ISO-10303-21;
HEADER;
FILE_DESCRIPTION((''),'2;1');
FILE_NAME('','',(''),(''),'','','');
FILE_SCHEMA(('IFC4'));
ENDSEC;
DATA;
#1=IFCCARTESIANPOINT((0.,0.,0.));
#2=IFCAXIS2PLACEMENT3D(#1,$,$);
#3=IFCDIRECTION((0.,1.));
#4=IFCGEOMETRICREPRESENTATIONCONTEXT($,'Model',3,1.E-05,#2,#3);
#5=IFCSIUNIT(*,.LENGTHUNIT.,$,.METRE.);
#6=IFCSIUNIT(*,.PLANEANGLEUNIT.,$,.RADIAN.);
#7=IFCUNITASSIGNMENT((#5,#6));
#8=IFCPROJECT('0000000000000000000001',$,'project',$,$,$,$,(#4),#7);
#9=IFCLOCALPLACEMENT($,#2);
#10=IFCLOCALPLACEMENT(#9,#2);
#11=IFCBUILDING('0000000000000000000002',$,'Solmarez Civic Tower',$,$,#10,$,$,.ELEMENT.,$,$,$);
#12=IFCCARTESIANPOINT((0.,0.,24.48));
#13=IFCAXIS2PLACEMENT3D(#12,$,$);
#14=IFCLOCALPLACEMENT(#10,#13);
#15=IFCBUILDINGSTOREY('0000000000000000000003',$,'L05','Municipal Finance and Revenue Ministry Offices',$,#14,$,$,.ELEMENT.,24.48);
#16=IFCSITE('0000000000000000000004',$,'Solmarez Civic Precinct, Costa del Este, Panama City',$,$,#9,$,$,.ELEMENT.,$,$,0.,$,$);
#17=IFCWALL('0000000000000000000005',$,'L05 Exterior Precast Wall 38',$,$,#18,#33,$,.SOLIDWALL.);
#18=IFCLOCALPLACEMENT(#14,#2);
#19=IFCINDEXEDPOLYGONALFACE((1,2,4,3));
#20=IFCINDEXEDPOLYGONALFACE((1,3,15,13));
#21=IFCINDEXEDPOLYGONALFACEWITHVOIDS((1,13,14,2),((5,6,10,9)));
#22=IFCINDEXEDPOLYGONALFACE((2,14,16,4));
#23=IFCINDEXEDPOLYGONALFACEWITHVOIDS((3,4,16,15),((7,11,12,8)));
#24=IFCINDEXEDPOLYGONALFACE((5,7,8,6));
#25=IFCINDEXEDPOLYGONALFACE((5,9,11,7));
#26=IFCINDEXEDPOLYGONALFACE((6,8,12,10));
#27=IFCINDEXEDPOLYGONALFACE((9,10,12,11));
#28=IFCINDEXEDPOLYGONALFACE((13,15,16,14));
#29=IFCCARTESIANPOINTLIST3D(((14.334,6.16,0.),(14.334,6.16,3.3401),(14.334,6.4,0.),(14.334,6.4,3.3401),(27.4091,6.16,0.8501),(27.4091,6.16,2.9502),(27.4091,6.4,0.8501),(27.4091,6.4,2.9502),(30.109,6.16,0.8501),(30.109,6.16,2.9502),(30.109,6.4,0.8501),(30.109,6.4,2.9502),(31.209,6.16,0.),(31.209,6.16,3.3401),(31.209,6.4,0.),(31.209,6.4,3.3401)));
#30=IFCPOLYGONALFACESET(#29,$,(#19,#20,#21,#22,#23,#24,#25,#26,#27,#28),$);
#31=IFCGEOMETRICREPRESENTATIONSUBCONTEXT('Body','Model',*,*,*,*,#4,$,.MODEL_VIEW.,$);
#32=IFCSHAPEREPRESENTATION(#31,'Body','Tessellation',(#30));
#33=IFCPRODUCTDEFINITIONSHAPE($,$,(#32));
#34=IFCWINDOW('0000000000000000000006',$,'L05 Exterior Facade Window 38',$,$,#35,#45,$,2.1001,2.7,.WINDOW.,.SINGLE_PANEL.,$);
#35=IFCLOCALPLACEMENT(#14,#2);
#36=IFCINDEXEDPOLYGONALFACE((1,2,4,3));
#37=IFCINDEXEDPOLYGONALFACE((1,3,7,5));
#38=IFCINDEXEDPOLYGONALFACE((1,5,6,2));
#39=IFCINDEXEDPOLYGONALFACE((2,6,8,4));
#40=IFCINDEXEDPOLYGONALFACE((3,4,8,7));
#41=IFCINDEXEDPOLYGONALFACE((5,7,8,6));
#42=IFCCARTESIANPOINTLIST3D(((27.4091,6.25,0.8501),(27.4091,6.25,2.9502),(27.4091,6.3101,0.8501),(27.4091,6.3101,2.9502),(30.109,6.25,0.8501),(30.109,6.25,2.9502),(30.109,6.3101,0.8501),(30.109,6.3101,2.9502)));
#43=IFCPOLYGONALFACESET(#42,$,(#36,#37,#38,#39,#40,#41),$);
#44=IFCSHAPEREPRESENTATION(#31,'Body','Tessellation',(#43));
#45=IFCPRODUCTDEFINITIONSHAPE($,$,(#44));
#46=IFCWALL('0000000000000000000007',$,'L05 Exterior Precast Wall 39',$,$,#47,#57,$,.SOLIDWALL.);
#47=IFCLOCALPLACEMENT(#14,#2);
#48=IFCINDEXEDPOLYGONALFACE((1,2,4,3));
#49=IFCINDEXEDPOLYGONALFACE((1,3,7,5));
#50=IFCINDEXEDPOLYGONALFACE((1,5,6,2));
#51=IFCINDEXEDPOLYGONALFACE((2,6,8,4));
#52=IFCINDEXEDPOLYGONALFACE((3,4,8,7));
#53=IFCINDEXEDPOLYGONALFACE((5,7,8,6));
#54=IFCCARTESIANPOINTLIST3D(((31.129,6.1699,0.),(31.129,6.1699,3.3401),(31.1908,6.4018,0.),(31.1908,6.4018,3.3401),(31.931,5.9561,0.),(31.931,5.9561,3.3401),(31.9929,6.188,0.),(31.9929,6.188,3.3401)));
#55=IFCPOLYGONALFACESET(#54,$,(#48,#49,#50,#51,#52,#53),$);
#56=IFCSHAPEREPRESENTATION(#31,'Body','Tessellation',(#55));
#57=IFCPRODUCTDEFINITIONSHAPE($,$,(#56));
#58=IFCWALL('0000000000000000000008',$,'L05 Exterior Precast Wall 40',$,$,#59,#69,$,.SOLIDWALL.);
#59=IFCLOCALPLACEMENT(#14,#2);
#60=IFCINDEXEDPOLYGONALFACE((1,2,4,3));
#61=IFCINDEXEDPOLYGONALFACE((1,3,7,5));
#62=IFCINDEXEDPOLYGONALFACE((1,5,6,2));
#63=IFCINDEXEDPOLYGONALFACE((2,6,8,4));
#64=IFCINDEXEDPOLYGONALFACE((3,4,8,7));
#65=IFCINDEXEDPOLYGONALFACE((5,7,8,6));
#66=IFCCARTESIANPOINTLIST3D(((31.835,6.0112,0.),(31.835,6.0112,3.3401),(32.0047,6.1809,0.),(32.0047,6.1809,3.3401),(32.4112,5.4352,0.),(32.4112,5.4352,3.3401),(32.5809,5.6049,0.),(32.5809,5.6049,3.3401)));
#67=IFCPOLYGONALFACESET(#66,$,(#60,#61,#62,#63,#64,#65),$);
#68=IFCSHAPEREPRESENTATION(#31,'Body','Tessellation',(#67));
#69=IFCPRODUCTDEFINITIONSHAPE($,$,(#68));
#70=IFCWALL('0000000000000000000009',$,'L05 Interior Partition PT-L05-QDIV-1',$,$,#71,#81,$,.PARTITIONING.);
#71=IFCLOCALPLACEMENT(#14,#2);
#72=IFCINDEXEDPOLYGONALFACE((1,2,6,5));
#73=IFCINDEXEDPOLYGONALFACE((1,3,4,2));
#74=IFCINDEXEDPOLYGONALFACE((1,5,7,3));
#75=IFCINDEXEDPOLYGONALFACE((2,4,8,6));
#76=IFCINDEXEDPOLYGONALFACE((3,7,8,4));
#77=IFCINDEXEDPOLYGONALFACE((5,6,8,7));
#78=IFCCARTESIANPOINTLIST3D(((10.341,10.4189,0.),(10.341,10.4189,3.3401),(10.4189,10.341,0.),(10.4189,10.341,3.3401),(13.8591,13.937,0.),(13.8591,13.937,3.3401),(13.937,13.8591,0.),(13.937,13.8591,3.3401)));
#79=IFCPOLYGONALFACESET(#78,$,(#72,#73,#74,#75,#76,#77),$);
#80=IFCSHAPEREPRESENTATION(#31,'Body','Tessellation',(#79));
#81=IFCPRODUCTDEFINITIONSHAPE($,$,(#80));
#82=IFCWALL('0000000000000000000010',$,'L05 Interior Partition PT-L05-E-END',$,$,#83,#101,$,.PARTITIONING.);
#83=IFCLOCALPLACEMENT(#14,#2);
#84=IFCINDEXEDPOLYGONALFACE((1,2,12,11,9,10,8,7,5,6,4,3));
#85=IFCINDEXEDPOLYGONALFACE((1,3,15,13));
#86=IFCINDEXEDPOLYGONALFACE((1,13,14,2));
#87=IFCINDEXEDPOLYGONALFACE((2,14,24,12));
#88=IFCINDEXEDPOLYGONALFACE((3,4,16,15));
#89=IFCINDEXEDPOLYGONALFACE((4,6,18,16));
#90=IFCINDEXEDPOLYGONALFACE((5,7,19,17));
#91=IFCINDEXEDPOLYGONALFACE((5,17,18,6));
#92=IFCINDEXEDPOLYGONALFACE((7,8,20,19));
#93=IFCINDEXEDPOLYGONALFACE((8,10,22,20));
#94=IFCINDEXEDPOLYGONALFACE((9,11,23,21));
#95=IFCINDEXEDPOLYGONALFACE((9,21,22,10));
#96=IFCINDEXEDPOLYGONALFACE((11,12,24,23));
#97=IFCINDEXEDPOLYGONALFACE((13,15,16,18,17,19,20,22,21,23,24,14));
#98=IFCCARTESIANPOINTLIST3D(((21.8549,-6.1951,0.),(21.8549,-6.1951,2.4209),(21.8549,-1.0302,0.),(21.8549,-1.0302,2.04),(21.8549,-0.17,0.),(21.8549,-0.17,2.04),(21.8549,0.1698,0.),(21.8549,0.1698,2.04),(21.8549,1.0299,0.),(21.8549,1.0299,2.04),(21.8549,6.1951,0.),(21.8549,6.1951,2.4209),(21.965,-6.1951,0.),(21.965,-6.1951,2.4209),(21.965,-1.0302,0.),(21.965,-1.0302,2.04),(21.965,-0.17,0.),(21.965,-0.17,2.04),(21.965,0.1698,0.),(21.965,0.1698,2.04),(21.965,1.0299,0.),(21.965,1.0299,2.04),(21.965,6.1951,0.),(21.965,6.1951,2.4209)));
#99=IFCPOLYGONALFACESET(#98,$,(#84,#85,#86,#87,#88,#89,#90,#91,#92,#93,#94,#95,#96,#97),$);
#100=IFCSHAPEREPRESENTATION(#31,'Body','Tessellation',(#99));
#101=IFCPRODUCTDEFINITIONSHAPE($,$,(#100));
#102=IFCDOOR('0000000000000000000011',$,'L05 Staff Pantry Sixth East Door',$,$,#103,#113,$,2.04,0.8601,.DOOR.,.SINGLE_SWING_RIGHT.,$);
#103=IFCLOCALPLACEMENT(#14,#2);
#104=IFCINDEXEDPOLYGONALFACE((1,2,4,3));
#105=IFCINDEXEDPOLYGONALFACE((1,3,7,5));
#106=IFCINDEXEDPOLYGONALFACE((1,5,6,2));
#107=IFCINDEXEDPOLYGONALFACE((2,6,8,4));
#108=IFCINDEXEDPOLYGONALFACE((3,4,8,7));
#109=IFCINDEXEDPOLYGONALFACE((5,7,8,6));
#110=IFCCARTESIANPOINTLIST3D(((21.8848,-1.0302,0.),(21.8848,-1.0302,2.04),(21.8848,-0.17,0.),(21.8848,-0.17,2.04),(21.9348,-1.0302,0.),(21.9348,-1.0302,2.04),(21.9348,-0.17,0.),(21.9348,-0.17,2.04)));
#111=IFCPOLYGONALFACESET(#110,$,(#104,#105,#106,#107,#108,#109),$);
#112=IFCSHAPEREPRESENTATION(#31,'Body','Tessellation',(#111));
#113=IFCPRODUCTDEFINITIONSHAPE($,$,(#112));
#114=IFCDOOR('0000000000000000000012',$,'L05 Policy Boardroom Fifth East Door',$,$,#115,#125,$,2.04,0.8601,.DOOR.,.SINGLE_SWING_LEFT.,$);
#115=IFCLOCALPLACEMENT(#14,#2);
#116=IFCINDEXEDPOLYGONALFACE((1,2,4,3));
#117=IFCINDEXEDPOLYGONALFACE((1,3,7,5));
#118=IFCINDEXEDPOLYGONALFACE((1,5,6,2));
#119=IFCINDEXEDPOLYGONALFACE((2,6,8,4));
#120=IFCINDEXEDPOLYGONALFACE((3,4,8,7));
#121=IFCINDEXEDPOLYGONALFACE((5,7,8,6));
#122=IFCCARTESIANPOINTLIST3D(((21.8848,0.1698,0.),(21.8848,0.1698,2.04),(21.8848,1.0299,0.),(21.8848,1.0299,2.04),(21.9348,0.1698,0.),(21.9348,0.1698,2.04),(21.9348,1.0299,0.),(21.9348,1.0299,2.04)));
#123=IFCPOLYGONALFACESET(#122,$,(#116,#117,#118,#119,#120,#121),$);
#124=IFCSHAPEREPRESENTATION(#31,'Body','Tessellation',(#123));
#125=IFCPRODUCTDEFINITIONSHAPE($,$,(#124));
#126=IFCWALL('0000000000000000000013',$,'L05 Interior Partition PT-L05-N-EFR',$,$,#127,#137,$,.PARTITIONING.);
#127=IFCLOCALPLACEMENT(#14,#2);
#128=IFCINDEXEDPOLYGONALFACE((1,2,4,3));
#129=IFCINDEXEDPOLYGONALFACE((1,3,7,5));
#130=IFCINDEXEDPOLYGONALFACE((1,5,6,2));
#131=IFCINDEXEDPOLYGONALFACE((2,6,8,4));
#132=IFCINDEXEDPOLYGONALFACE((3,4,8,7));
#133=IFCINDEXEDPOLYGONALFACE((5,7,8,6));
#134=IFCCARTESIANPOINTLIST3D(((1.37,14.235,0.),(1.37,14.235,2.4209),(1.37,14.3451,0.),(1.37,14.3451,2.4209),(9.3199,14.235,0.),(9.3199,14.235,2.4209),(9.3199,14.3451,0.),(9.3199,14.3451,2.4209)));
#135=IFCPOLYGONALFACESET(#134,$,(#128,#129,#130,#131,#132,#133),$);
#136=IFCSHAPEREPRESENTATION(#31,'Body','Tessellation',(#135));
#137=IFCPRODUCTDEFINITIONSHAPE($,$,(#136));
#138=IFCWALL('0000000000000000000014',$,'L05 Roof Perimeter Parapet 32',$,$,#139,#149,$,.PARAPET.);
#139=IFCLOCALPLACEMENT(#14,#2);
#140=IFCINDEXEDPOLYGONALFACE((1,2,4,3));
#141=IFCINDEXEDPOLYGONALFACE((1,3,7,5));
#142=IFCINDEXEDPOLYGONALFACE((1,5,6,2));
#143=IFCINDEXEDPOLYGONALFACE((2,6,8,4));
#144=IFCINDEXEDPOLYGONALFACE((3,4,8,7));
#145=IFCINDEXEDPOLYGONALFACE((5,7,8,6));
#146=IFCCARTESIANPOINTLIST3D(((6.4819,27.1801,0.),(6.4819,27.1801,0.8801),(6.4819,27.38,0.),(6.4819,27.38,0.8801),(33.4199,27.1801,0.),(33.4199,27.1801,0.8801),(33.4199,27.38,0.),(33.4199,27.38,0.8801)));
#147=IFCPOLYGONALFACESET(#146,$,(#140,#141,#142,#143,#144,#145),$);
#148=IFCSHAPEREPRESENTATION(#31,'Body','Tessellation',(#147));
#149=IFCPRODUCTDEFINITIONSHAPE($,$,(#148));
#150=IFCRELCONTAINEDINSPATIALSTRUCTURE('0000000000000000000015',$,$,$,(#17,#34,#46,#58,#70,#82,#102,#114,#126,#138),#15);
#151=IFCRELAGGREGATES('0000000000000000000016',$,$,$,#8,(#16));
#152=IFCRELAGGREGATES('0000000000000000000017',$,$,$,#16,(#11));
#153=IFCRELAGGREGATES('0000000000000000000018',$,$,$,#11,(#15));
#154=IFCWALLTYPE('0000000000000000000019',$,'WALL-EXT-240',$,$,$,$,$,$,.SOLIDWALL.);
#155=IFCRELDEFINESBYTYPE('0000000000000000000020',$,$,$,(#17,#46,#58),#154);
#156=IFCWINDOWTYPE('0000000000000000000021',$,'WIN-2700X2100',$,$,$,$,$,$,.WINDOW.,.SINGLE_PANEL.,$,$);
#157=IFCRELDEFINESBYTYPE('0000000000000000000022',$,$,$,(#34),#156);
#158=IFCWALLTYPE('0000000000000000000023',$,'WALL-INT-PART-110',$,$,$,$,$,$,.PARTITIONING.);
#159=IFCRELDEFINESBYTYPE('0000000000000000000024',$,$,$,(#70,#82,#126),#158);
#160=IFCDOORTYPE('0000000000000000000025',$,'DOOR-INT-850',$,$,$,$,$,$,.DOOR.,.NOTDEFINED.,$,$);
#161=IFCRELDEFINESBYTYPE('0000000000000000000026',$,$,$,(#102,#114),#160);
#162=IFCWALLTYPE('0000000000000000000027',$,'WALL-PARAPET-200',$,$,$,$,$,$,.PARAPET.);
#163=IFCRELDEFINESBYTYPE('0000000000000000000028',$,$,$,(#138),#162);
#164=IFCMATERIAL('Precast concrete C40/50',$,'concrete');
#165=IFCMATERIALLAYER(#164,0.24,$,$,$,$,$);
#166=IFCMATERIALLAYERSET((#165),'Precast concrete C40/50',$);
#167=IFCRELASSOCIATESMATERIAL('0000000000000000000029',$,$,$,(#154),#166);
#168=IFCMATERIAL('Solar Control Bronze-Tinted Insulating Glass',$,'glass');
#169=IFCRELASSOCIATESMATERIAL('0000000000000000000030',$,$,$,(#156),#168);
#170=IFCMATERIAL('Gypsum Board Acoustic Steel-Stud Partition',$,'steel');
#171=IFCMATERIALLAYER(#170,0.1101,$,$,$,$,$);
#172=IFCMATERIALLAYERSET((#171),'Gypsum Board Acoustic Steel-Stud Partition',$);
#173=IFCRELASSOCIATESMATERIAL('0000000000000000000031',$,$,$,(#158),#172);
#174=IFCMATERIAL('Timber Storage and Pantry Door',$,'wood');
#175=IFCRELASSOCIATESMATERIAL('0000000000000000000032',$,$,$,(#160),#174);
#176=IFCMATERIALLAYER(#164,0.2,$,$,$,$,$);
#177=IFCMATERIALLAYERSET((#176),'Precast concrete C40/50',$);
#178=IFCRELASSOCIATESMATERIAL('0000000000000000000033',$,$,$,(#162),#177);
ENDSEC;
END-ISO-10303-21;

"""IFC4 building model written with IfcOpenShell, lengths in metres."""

from ifc_helpers import new_model, si_unit, direction, frame, frame_2d, origin, place, context, subcontext, project, spatial, rectangle, extrude, material, layer, layer_set, type_object, element, fill, save


model = new_model("IFC4")

# Units and contexts
model_context = context("Model", 3, precision=1e-05, world=origin(), true_north=direction((0.0, 1.0)))
body_context = subcontext(model_context, "Body", "Model", "MODEL_VIEW")
ifc_project = project(units=[si_unit("LENGTHUNIT", "METRE"), si_unit("PLANEANGLEUNIT", "RADIAN")], contexts=[model_context])

# Site, building, storey
site_placement = place(None, origin())
site = spatial("IfcSite", under=ifc_project, at=site_placement, Name="Solmarez Civic Precinct, Costa del Este, Panama City", CompositionType="ELEMENT", RefElevation=0.0)
building_placement = place(site_placement, origin())
building = spatial("IfcBuilding", under=site, at=building_placement, Name="Solmarez Civic Tower", CompositionType="ELEMENT")
storey_placement = place(building_placement, frame((0.0, 0.0, 24.48)))
storey = spatial("IfcBuildingStorey", under=building, at=storey_placement, Name="L05", Description="Municipal Finance and Revenue Ministry Offices", CompositionType="ELEMENT", Elevation=24.48)

# Shared definitions
ifc_material_1 = material(Name="Precast concrete C40/50", Category="concrete")
ifc_layer_1 = layer(ifc_material_1, 0.24)
ifc_layer_set_1 = layer_set([ifc_layer_1], Name="Precast concrete C40/50")
wall_type_1 = type_object("IfcWallType", Name="WALL-EXT-240", PredefinedType="SOLIDWALL", material=ifc_layer_set_1)

# Shared definitions
ifc_material_2 = material(Name="Solar Control Bronze-Tinted Insulating Glass", Category="glass")

# Wall, opening, window
wall_1_placement = place(storey_placement, frame((14.334, 6.28, 0.0), z_axis=(0.0, 0.0, 1.0), x_axis=(1.0, 0.0, 0.0)))
wall_1 = element("IfcWall", 1, at=wall_1_placement, inside=storey, type_object=wall_type_1, Name="L05 Exterior Precast Wall 38", PredefinedType="SOLIDWALL", context=body_context, shape_type="SweptSolid", body=[
    extrude(rectangle(XDim=16.875, YDim=0.24, at=frame_2d((8.4375, 0.0))), origin(), (0.0, 0.0, 1.0), 3.3401),
])
opening_1_placement = place(wall_1_placement, frame((13.075, 0.0, 0.8501)))
opening_1 = element("IfcOpeningElement", 2, at=opening_1_placement, cuts=wall_1, PredefinedType="OPENING", context=body_context, shape_type="SweptSolid", body=[
    extrude(rectangle(XDim=2.7, YDim=2.1001, at=frame_2d((1.3501, 1.05))), frame((0.0, 0.1299, 0.0), z_axis=(0.0, -1.0, 0.0), x_axis=(1.0, 0.0, 0.0)), (0.0, 0.0, 1.0), 0.26),
])
window_type_1 = type_object("IfcWindowType", Name="WIN-2700X2100", PartitioningType="SINGLE_PANEL", PredefinedType="WINDOW", material=ifc_material_2)
window_1_placement = place(opening_1_placement, origin())
window_1 = element("IfcWindow", 3, at=window_1_placement, inside=storey, type_object=window_type_1, Name="L05 Exterior Facade Window 38", OverallHeight=2.1001, OverallWidth=2.7, PartitioningType="SINGLE_PANEL", PredefinedType="WINDOW", context=body_context, shape_type="SweptSolid", body=[
    extrude(rectangle(XDim=2.7, YDim=2.1001, at=frame_2d((1.3501, 1.05))), frame((0.0, 0.03, 0.0), z_axis=(0.0, -1.0, 0.0), x_axis=(1.0, 0.0, 0.0)), (0.0, 0.0, 1.0), 0.0601),
])
fill(opening_1, window_1)

# Walls
wall_2_placement = place(storey_placement, frame((31.1599, 6.2859, 0.0), z_axis=(0.0, 0.0, 1.0), x_axis=(0.966235, -0.257663, 0.0)))
element("IfcWall", 4, at=wall_2_placement, inside=storey, type_object=wall_type_1, Name="L05 Exterior Precast Wall 39", PredefinedType="SOLIDWALL", context=body_context, shape_type="SweptSolid", body=[
    extrude(rectangle(XDim=0.8301, YDim=0.24, at=frame_2d((0.415, 0.0))), origin(), (0.0, 0.0, 1.0), 3.3401),
])
wall_3_placement = place(storey_placement, frame((31.9199, 6.0959, 0.0), z_axis=(0.0, 0.0, 1.0), x_axis=(0.707257, -0.706957, 0.0)))
element("IfcWall", 5, at=wall_3_placement, inside=storey, type_object=wall_type_1, Name="L05 Exterior Precast Wall 40", PredefinedType="SOLIDWALL", context=body_context, shape_type="SweptSolid", body=[
    extrude(rectangle(XDim=0.8147, YDim=0.24, at=frame_2d((0.4072, 0.0))), origin(), (0.0, 0.0, 1.0), 3.3401),
])
ifc_material_3 = material(Name="Gypsum Board Acoustic Steel-Stud Partition", Category="steel")
ifc_layer_2 = layer(ifc_material_3, 0.1101)
ifc_layer_set_2 = layer_set([ifc_layer_2], Name="Gypsum Board Acoustic Steel-Stud Partition")
wall_type_2 = type_object("IfcWallType", Name="WALL-INT-PART-110", PredefinedType="PARTITIONING", material=ifc_layer_set_2)
wall_4_placement = place(storey_placement, frame((10.3799, 10.3799, 0.0), z_axis=(0.0, 0.0, 1.0), x_axis=(0.707107, 0.707107, 0.0)))
element("IfcWall", 6, at=wall_4_placement, inside=storey, type_object=wall_type_2, Name="L05 Interior Partition PT-L05-QDIV-1", PredefinedType="PARTITIONING", context=body_context, shape_type="SweptSolid", body=[
    extrude(rectangle(XDim=4.9753, YDim=0.1101, at=frame_2d((2.4878, 0.0))), origin(), (0.0, 0.0, 1.0), 3.3401),
])

# Wall, openings, doors
wall_5_placement = place(storey_placement, frame((21.9099, 6.1951, 0.0), z_axis=(0.0, 0.0, 1.0), x_axis=(0.0, -1.0, 0.0)))
wall_5 = element("IfcWall", 7, at=wall_5_placement, inside=storey, type_object=wall_type_2, Name="L05 Interior Partition PT-L05-E-END", PredefinedType="PARTITIONING", context=body_context, shape_type="SweptSolid", body=[
    extrude(rectangle(XDim=12.3901, YDim=0.1101, at=frame_2d((6.1951, 0.0))), origin(), (0.0, 0.0, 1.0), 2.4209),
])
opening_2_placement = place(wall_5_placement, frame((6.365, 0.0, 0.0)))
opening_2 = element("IfcOpeningElement", 8, at=opening_2_placement, cuts=wall_5, PredefinedType="OPENING", context=body_context, shape_type="SweptSolid", body=[
    extrude(rectangle(XDim=0.8601, YDim=2.04, at=frame_2d((0.4302, 1.02))), frame((0.0, 0.0649, 0.0), z_axis=(0.0, -1.0, 0.0), x_axis=(1.0, 0.0, 0.0)), (0.0, 0.0, 1.0), 0.1301),
])
opening_3_placement = place(wall_5_placement, frame((5.165, 0.0, 0.0)))
opening_3 = element("IfcOpeningElement", 9, at=opening_3_placement, cuts=wall_5, PredefinedType="OPENING", context=body_context, shape_type="SweptSolid", body=[
    extrude(rectangle(XDim=0.8601, YDim=2.04, at=frame_2d((0.4302, 1.02))), frame((0.0, 0.0649, 0.0), z_axis=(0.0, -1.0, 0.0), x_axis=(1.0, 0.0, 0.0)), (0.0, 0.0, 1.0), 0.1301),
])
ifc_material_4 = material(Name="Timber Storage and Pantry Door", Category="wood")
door_type = type_object("IfcDoorType", Name="DOOR-INT-850", OperationType="NOTDEFINED", PredefinedType="DOOR", material=ifc_material_4)
door_1_placement = place(opening_2_placement, origin())
door_1 = element("IfcDoor", 10, at=door_1_placement, inside=storey, type_object=door_type, Name="L05 Staff Pantry Sixth East Door", OperationType="SINGLE_SWING_RIGHT", OverallHeight=2.04, OverallWidth=0.8601, PredefinedType="DOOR", context=body_context, shape_type="SweptSolid", body=[
    extrude(rectangle(XDim=0.8601, YDim=2.04, at=frame_2d((0.4302, 1.02))), frame((0.0, 0.0249, 0.0), z_axis=(0.0, -1.0, 0.0), x_axis=(1.0, 0.0, 0.0)), (0.0, 0.0, 1.0), 0.05),
])
fill(opening_2, door_1)
door_2_placement = place(opening_3_placement, origin())
door_2 = element("IfcDoor", 11, at=door_2_placement, inside=storey, type_object=door_type, Name="L05 Policy Boardroom Fifth East Door", OperationType="SINGLE_SWING_LEFT", OverallHeight=2.04, OverallWidth=0.8601, PredefinedType="DOOR", context=body_context, shape_type="SweptSolid", body=[
    extrude(rectangle(XDim=0.8601, YDim=2.04, at=frame_2d((0.4302, 1.02))), frame((0.0, 0.0249, 0.0), z_axis=(0.0, -1.0, 0.0), x_axis=(1.0, 0.0, 0.0)), (0.0, 0.0, 1.0), 0.05),
])
fill(opening_3, door_2)

# Walls
wall_6_placement = place(storey_placement, frame((9.3201, 14.29, 0.0), z_axis=(0.0, 0.0, 1.0), x_axis=(-1.0, 0.0, 0.0)))
element("IfcWall", 12, at=wall_6_placement, inside=storey, type_object=wall_type_2, Name="L05 Interior Partition PT-L05-N-EFR", PredefinedType="PARTITIONING", context=body_context, shape_type="SweptSolid", body=[
    extrude(rectangle(XDim=7.95, YDim=0.1101, at=frame_2d((3.9751, 0.0))), origin(), (0.0, 0.0, 1.0), 2.4209),
])
ifc_layer_3 = layer(ifc_material_1, 0.2)
ifc_layer_set_3 = layer_set([ifc_layer_3], Name="Precast concrete C40/50")
wall_type_3 = type_object("IfcWallType", Name="WALL-PARAPET-200", PredefinedType="PARAPET", material=ifc_layer_set_3)
wall_7_placement = place(storey_placement, frame((33.4199, 27.28, 0.0), z_axis=(0.0, 0.0, 1.0), x_axis=(-1.0, 0.0, 0.0)))
element("IfcWall", 13, at=wall_7_placement, inside=storey, type_object=wall_type_3, Name="L05 Roof Perimeter Parapet 32", PredefinedType="PARAPET", context=body_context, shape_type="SweptSolid", body=[
    extrude(rectangle(XDim=26.938, YDim=0.2, at=frame_2d((13.469, 0.0))), origin(), (0.0, 0.0, 1.0), 0.8801),
])

save(model, "model.ifc")
